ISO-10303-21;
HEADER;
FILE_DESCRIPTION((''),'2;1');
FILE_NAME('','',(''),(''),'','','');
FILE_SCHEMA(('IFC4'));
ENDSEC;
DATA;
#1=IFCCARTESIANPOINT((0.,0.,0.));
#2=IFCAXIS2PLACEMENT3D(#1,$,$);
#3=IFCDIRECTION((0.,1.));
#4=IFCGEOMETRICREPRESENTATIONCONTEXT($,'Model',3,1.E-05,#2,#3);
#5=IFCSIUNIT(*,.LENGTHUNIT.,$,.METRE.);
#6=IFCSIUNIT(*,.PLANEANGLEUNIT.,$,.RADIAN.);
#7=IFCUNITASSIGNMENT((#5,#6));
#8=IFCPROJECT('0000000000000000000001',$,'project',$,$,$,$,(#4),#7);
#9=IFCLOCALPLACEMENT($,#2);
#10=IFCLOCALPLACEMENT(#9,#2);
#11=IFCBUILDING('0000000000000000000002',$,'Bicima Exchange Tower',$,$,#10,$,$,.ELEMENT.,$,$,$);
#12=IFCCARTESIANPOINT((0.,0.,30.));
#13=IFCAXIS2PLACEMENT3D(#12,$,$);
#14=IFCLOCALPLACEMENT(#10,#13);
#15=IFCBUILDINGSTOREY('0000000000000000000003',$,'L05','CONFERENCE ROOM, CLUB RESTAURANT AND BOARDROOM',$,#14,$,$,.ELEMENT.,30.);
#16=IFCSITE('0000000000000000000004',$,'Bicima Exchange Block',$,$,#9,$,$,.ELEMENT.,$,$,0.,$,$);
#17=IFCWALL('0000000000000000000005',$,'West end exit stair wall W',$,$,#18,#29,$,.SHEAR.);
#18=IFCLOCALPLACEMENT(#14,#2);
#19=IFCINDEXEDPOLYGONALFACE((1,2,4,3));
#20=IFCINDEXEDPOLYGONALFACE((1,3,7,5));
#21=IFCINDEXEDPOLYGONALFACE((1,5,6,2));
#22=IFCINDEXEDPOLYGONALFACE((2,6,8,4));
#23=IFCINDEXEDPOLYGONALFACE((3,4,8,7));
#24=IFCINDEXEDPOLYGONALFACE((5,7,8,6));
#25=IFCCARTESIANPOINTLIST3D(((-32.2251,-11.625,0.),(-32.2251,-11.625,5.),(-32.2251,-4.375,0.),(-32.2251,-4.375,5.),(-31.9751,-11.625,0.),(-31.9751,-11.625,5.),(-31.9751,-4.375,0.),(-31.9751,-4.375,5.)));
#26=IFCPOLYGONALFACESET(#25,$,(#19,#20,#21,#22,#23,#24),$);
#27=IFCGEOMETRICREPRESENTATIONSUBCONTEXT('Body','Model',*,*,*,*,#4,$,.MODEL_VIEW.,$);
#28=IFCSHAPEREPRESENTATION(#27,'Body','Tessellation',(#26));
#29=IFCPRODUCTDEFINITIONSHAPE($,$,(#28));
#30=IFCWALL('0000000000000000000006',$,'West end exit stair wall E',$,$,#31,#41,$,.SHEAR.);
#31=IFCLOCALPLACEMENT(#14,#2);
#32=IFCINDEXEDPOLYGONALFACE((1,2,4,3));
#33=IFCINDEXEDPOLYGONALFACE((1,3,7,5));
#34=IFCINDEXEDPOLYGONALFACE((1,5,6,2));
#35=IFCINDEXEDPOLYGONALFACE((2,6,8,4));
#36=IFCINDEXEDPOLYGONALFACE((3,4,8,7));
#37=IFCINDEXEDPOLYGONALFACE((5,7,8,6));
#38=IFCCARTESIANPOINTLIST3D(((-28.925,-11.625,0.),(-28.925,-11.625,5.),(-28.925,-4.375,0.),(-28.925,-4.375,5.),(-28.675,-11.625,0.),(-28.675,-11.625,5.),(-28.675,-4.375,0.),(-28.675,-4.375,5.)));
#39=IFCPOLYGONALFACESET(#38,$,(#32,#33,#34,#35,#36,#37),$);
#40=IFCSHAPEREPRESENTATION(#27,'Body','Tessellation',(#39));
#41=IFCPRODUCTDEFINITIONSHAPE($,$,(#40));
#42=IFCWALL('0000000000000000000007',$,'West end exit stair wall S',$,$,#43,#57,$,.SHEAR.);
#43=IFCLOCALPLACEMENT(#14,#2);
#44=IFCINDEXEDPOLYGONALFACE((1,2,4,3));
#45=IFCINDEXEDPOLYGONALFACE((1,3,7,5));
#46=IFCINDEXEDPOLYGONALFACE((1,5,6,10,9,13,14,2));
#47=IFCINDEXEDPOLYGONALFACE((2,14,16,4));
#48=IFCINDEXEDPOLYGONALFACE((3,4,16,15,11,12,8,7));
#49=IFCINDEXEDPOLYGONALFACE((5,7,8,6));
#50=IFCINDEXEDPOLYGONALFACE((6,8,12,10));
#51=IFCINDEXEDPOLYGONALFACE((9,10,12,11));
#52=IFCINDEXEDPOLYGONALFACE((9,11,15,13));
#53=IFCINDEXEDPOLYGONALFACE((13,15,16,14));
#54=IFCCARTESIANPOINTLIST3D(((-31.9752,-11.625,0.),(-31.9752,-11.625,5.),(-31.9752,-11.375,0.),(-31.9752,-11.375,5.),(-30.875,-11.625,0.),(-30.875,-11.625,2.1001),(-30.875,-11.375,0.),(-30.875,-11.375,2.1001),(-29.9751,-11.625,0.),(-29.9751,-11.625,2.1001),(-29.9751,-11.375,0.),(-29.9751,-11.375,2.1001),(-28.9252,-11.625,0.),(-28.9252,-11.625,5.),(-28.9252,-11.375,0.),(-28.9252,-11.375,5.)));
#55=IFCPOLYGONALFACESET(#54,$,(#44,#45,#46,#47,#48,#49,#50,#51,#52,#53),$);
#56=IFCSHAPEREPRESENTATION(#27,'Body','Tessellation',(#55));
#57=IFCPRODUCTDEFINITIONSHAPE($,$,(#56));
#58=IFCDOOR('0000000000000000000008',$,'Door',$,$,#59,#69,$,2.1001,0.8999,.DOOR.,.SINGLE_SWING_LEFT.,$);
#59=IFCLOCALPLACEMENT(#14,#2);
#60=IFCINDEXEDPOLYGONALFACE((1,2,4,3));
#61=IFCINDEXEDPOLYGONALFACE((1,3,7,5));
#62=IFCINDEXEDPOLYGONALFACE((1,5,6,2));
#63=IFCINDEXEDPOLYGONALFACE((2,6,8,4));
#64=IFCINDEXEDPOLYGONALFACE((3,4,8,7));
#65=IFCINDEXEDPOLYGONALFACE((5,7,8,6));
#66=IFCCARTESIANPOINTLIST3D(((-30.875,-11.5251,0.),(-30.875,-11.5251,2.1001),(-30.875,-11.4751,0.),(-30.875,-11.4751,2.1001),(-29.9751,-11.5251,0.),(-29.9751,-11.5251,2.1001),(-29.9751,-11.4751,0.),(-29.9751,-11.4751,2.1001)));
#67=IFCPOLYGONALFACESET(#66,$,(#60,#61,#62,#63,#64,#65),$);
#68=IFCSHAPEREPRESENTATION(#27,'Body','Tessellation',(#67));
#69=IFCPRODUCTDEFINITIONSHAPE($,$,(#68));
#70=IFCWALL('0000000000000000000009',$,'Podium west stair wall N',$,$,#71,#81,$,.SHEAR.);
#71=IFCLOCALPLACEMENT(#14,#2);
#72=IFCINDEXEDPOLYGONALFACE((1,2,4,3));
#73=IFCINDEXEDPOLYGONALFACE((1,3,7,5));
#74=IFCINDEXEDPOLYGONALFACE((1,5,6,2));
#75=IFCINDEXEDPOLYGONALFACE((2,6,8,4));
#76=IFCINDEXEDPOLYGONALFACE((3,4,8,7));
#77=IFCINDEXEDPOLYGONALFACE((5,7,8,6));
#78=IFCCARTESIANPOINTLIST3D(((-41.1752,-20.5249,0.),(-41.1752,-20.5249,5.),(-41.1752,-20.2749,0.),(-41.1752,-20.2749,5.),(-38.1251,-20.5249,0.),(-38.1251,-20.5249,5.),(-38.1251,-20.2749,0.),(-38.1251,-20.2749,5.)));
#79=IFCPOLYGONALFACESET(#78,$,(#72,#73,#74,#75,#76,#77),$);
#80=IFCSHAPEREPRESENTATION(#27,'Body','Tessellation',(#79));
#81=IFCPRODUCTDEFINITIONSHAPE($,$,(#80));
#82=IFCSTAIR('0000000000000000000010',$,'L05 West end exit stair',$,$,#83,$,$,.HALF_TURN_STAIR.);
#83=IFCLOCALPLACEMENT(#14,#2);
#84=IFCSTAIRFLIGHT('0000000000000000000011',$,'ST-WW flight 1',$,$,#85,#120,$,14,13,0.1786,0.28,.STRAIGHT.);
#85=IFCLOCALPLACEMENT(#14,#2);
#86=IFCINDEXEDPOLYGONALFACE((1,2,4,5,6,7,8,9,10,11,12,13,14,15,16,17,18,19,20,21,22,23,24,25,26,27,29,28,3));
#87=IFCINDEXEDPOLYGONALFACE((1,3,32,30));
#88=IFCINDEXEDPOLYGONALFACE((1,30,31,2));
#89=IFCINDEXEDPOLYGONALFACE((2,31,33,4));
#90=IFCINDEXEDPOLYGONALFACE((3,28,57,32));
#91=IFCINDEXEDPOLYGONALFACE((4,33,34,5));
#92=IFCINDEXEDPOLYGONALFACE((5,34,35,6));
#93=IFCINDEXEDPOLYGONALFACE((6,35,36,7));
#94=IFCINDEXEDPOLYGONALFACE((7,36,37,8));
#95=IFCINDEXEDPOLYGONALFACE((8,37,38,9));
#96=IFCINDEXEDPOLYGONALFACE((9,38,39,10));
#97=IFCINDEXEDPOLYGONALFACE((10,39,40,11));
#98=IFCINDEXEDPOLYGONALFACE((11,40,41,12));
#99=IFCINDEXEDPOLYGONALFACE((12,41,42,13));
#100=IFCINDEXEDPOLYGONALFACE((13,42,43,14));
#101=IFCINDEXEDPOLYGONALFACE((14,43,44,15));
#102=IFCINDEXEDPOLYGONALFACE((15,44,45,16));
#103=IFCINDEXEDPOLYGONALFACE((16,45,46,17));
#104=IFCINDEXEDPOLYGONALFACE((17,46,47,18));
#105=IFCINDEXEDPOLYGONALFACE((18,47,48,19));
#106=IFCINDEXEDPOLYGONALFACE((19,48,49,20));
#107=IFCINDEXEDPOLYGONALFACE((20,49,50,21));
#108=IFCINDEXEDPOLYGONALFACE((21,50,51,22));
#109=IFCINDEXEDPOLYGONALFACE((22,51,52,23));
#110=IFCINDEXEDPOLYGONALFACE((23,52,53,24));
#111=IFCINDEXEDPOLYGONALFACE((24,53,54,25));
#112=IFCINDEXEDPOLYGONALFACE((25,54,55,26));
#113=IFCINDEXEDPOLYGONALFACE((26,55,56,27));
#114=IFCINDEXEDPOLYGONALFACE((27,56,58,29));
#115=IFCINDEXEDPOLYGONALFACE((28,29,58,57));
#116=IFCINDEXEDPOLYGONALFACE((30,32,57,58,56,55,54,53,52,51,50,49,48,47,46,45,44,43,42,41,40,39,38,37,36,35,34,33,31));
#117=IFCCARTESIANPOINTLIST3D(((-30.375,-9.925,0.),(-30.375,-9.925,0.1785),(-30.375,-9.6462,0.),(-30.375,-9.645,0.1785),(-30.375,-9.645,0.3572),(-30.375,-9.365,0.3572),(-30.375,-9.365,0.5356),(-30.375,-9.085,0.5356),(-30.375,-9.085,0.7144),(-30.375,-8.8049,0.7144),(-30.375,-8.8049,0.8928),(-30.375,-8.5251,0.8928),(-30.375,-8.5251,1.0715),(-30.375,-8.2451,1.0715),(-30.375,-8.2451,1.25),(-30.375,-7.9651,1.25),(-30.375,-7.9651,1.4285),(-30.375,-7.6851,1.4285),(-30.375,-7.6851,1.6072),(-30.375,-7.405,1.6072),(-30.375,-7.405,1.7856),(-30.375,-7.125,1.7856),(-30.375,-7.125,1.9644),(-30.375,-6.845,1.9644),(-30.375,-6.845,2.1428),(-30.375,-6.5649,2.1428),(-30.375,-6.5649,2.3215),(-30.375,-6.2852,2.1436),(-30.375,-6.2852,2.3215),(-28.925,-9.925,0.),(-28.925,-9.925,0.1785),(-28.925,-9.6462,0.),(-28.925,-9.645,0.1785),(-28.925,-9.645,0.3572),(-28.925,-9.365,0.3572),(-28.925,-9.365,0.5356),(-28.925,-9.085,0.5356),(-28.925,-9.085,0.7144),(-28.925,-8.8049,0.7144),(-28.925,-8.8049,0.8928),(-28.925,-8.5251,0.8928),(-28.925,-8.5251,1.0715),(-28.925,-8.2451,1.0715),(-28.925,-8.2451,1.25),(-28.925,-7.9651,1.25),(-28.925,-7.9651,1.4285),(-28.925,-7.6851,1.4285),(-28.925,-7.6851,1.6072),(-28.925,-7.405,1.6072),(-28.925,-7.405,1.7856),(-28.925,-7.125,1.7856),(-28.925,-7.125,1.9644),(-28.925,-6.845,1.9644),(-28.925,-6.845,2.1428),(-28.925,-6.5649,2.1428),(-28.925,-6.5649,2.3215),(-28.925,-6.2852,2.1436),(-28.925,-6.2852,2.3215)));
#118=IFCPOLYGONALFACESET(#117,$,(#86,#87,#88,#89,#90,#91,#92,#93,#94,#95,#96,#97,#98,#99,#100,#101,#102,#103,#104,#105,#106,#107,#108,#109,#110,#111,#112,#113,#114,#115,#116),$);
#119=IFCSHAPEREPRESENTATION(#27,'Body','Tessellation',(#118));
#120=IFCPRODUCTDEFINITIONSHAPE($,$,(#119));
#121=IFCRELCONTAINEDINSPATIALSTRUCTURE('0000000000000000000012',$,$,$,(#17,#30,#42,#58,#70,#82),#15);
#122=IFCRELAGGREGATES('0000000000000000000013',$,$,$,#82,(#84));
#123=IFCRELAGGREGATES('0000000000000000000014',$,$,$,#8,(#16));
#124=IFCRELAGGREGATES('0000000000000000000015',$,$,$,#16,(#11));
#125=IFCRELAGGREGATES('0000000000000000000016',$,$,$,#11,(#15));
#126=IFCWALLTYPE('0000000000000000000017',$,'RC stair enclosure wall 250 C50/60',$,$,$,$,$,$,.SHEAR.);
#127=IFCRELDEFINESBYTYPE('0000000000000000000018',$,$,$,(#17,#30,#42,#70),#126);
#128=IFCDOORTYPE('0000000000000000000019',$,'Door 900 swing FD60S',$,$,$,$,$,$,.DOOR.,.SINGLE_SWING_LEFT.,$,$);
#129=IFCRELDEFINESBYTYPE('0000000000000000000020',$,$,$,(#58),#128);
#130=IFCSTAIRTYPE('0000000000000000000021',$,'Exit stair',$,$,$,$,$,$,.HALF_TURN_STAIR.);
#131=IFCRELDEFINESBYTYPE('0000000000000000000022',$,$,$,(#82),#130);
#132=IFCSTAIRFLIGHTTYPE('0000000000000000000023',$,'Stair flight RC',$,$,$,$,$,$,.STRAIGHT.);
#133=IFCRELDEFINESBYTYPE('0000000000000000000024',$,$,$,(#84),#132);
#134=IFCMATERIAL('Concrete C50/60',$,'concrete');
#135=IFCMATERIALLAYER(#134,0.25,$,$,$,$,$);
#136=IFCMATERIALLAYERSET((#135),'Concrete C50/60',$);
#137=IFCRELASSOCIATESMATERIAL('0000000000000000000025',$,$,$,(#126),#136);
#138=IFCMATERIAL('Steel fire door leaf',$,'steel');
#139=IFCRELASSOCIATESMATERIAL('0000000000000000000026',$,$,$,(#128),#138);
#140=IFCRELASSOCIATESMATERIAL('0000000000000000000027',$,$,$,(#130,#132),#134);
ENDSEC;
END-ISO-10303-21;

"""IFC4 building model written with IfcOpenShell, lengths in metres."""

from ifc_helpers import new_model, si_unit, direction, frame, frame_2d, origin, place, context, subcontext, project, spatial, polyline, rectangle, outline, extrude, material, layer, layer_set, type_object, element, fill, aggregate, save


model = new_model("IFC4")

# Units and contexts
model_context = context("Model", 3, precision=1e-05, world=origin(), true_north=direction((0.0, 1.0)))
body_context = subcontext(model_context, "Body", "Model", "MODEL_VIEW")
ifc_project = project(units=[si_unit("LENGTHUNIT", "METRE"), si_unit("PLANEANGLEUNIT", "RADIAN")], contexts=[model_context])

# Site, building, storey
site_placement = place(None, origin())
site = spatial("IfcSite", under=ifc_project, at=site_placement, Name="Bicima Exchange Block", CompositionType="ELEMENT", RefElevation=0.0)
building_placement = place(site_placement, origin())
building = spatial("IfcBuilding", under=site, at=building_placement, Name="Bicima Exchange Tower", CompositionType="ELEMENT")
storey_placement = place(building_placement, frame((0.0, 0.0, 30.0)))
storey = spatial("IfcBuildingStorey", under=building, at=storey_placement, Name="L05", Description="CONFERENCE ROOM, CLUB RESTAURANT AND BOARDROOM", CompositionType="ELEMENT", Elevation=30.0)

# Shared definitions
ifc_material_1 = material(Name="Steel fire door leaf", Category="steel")

# Walls
ifc_material_2 = material(Name="Concrete C50/60", Category="concrete")
ifc_layer_1 = layer(ifc_material_2, 0.25)
ifc_layer_set_1 = layer_set([ifc_layer_1], Name="Concrete C50/60")
wall_type_1 = type_object("IfcWallType", Name="RC stair enclosure wall 250 C50/60", PredefinedType="SHEAR", material=ifc_layer_set_1)
for number, where, z_axis, x_axis, name in (
    (1, (-32.1001, -11.625, 0.0), (0.0, 0.0, 1.0), (0.0, 1.0, 0.0), "West end exit stair wall W"),
    (2, (-28.8, -11.625, 0.0), (0.0, 0.0, 1.0), (0.0, 1.0, 0.0), "West end exit stair wall E"),
):
    element("IfcWall", number, at=place(storey_placement, frame(where, z_axis=z_axis, x_axis=x_axis)), inside=storey, type_object=wall_type_1, Name=name, PredefinedType="SHEAR", context=body_context, shape_type="SweptSolid", body=[
        extrude(rectangle(XDim=7.25, YDim=0.25, at=frame_2d((3.625, 0.0))), origin(), (0.0, 0.0, 1.0), 5.0),
    ])

# Wall, opening, door
wall_1_placement = place(storey_placement, frame((-31.9751, -11.5, 0.0), z_axis=(0.0, 0.0, 1.0), x_axis=(1.0, 0.0, 0.0)))
wall_1 = element("IfcWall", 3, at=wall_1_placement, inside=storey, type_object=wall_type_1, Name="West end exit stair wall S", PredefinedType="SHEAR", context=body_context, shape_type="SweptSolid", body=[
    extrude(rectangle(XDim=3.05, YDim=0.25, at=frame_2d((1.5249, 0.0))), origin(), (0.0, 0.0, 1.0), 5.0),
])
opening_1_placement = place(wall_1_placement, frame((1.1001, 0.0, 0.0)))
opening_1 = element("IfcOpeningElement", 4, at=opening_1_placement, cuts=wall_1, PredefinedType="OPENING", context=body_context, shape_type="SweptSolid", body=[
    extrude(rectangle(XDim=0.8999, YDim=2.1001, at=frame_2d((0.45, 1.05))), frame((0.0, 0.137, 0.0), z_axis=(0.0, -1.0, 0.0), x_axis=(1.0, 0.0, 0.0)), (0.0, 0.0, 1.0), 0.2739),
])
door_type_1 = type_object("IfcDoorType", Name="Door 900 swing FD60S", OperationType="SINGLE_SWING_LEFT", PredefinedType="DOOR", material=ifc_material_1)
door_1_placement = place(opening_1_placement, origin())
door_1 = element("IfcDoor", 5, at=door_1_placement, inside=storey, type_object=door_type_1, Name="Door", OperationType="SINGLE_SWING_LEFT", OverallHeight=2.1001, OverallWidth=0.8999, PredefinedType="DOOR", context=body_context, shape_type="SweptSolid", body=[
    extrude(rectangle(XDim=0.8999, YDim=2.1001, at=frame_2d((0.45, 1.05))), frame((0.0, 0.0249, 0.0), z_axis=(0.0, -1.0, 0.0), x_axis=(1.0, 0.0, 0.0)), (0.0, 0.0, 1.0), 0.05),
])
fill(opening_1, door_1)

# Wall
wall_2_placement = place(storey_placement, frame((-41.175, -20.3999, 0.0), z_axis=(0.0, 0.0, 1.0), x_axis=(1.0, 0.0, 0.0)))
element("IfcWall", 6, at=wall_2_placement, inside=storey, type_object=wall_type_1, Name="Podium west stair wall N", PredefinedType="SHEAR", context=body_context, shape_type="SweptSolid", body=[
    extrude(rectangle(XDim=3.05, YDim=0.25, at=frame_2d((1.5249, 0.0))), origin(), (0.0, 0.0, 1.0), 5.0),
])

# Stair, stair flight
stair_type = type_object("IfcStairType", Name="Exit stair", PredefinedType="HALF_TURN_STAIR", material=ifc_material_2)
stair_placement = place(storey_placement, origin())
stair = element("IfcStair", 7, at=stair_placement, inside=storey, type_object=stair_type, Name="L05 West end exit stair", PredefinedType="HALF_TURN_STAIR")
stair_flight_type = type_object("IfcStairFlightType", Name="Stair flight RC", PredefinedType="STRAIGHT", material=ifc_material_2)
stair_flight_placement = place(storey_placement, frame((-29.6499, -9.925, 0.0), z_axis=(0.0, 0.0, 1.0), x_axis=(0.0, 1.0, 0.0)))
stair_flight = element("IfcStairFlight", 8, at=stair_flight_placement, type_object=stair_flight_type, Name="ST-WW flight 1", NumberOfRisers=14, NumberOfTreads=13, PredefinedType="STRAIGHT", RiserHeight=0.1786, TreadLength=0.28, context=body_context, shape_type="SweptSolid", body=[
    extrude(outline(polyline([(0.0, 0.0), (0.0, 0.1785), (0.28, 0.1785), (0.28, 0.3572), (0.5601, 0.3572), (0.5601, 0.5356), (0.8401, 0.5356), (0.8401, 0.7144), (1.1201, 0.7144), (1.1201, 0.8928), (1.3999, 0.8928), (1.3999, 1.0715), (1.6799, 1.0715), (1.6799, 1.25), (1.96, 1.25), (1.96, 1.4285), (2.24, 1.4285), (2.24, 1.6072), (2.52, 1.6072), (2.52, 1.7856), (2.8, 1.7856), (2.8, 1.9644), (3.0801, 1.9644), (3.0801, 2.1428), (3.3601, 2.1428), (3.3601, 2.3215), (3.6399, 2.3215), (3.6399, 2.5), (3.6399, 2.1436), (0.2788, 0.0), (0.0, 0.0)])), frame((0.0, 0.7251, 0.0), z_axis=(0.0, -1.0, 0.0), x_axis=(1.0, 0.0, 0.0)), (0.0, 0.0, 1.0), 1.45),
])
aggregate(stair, [stair_flight])

save(model, "model.ifc")
